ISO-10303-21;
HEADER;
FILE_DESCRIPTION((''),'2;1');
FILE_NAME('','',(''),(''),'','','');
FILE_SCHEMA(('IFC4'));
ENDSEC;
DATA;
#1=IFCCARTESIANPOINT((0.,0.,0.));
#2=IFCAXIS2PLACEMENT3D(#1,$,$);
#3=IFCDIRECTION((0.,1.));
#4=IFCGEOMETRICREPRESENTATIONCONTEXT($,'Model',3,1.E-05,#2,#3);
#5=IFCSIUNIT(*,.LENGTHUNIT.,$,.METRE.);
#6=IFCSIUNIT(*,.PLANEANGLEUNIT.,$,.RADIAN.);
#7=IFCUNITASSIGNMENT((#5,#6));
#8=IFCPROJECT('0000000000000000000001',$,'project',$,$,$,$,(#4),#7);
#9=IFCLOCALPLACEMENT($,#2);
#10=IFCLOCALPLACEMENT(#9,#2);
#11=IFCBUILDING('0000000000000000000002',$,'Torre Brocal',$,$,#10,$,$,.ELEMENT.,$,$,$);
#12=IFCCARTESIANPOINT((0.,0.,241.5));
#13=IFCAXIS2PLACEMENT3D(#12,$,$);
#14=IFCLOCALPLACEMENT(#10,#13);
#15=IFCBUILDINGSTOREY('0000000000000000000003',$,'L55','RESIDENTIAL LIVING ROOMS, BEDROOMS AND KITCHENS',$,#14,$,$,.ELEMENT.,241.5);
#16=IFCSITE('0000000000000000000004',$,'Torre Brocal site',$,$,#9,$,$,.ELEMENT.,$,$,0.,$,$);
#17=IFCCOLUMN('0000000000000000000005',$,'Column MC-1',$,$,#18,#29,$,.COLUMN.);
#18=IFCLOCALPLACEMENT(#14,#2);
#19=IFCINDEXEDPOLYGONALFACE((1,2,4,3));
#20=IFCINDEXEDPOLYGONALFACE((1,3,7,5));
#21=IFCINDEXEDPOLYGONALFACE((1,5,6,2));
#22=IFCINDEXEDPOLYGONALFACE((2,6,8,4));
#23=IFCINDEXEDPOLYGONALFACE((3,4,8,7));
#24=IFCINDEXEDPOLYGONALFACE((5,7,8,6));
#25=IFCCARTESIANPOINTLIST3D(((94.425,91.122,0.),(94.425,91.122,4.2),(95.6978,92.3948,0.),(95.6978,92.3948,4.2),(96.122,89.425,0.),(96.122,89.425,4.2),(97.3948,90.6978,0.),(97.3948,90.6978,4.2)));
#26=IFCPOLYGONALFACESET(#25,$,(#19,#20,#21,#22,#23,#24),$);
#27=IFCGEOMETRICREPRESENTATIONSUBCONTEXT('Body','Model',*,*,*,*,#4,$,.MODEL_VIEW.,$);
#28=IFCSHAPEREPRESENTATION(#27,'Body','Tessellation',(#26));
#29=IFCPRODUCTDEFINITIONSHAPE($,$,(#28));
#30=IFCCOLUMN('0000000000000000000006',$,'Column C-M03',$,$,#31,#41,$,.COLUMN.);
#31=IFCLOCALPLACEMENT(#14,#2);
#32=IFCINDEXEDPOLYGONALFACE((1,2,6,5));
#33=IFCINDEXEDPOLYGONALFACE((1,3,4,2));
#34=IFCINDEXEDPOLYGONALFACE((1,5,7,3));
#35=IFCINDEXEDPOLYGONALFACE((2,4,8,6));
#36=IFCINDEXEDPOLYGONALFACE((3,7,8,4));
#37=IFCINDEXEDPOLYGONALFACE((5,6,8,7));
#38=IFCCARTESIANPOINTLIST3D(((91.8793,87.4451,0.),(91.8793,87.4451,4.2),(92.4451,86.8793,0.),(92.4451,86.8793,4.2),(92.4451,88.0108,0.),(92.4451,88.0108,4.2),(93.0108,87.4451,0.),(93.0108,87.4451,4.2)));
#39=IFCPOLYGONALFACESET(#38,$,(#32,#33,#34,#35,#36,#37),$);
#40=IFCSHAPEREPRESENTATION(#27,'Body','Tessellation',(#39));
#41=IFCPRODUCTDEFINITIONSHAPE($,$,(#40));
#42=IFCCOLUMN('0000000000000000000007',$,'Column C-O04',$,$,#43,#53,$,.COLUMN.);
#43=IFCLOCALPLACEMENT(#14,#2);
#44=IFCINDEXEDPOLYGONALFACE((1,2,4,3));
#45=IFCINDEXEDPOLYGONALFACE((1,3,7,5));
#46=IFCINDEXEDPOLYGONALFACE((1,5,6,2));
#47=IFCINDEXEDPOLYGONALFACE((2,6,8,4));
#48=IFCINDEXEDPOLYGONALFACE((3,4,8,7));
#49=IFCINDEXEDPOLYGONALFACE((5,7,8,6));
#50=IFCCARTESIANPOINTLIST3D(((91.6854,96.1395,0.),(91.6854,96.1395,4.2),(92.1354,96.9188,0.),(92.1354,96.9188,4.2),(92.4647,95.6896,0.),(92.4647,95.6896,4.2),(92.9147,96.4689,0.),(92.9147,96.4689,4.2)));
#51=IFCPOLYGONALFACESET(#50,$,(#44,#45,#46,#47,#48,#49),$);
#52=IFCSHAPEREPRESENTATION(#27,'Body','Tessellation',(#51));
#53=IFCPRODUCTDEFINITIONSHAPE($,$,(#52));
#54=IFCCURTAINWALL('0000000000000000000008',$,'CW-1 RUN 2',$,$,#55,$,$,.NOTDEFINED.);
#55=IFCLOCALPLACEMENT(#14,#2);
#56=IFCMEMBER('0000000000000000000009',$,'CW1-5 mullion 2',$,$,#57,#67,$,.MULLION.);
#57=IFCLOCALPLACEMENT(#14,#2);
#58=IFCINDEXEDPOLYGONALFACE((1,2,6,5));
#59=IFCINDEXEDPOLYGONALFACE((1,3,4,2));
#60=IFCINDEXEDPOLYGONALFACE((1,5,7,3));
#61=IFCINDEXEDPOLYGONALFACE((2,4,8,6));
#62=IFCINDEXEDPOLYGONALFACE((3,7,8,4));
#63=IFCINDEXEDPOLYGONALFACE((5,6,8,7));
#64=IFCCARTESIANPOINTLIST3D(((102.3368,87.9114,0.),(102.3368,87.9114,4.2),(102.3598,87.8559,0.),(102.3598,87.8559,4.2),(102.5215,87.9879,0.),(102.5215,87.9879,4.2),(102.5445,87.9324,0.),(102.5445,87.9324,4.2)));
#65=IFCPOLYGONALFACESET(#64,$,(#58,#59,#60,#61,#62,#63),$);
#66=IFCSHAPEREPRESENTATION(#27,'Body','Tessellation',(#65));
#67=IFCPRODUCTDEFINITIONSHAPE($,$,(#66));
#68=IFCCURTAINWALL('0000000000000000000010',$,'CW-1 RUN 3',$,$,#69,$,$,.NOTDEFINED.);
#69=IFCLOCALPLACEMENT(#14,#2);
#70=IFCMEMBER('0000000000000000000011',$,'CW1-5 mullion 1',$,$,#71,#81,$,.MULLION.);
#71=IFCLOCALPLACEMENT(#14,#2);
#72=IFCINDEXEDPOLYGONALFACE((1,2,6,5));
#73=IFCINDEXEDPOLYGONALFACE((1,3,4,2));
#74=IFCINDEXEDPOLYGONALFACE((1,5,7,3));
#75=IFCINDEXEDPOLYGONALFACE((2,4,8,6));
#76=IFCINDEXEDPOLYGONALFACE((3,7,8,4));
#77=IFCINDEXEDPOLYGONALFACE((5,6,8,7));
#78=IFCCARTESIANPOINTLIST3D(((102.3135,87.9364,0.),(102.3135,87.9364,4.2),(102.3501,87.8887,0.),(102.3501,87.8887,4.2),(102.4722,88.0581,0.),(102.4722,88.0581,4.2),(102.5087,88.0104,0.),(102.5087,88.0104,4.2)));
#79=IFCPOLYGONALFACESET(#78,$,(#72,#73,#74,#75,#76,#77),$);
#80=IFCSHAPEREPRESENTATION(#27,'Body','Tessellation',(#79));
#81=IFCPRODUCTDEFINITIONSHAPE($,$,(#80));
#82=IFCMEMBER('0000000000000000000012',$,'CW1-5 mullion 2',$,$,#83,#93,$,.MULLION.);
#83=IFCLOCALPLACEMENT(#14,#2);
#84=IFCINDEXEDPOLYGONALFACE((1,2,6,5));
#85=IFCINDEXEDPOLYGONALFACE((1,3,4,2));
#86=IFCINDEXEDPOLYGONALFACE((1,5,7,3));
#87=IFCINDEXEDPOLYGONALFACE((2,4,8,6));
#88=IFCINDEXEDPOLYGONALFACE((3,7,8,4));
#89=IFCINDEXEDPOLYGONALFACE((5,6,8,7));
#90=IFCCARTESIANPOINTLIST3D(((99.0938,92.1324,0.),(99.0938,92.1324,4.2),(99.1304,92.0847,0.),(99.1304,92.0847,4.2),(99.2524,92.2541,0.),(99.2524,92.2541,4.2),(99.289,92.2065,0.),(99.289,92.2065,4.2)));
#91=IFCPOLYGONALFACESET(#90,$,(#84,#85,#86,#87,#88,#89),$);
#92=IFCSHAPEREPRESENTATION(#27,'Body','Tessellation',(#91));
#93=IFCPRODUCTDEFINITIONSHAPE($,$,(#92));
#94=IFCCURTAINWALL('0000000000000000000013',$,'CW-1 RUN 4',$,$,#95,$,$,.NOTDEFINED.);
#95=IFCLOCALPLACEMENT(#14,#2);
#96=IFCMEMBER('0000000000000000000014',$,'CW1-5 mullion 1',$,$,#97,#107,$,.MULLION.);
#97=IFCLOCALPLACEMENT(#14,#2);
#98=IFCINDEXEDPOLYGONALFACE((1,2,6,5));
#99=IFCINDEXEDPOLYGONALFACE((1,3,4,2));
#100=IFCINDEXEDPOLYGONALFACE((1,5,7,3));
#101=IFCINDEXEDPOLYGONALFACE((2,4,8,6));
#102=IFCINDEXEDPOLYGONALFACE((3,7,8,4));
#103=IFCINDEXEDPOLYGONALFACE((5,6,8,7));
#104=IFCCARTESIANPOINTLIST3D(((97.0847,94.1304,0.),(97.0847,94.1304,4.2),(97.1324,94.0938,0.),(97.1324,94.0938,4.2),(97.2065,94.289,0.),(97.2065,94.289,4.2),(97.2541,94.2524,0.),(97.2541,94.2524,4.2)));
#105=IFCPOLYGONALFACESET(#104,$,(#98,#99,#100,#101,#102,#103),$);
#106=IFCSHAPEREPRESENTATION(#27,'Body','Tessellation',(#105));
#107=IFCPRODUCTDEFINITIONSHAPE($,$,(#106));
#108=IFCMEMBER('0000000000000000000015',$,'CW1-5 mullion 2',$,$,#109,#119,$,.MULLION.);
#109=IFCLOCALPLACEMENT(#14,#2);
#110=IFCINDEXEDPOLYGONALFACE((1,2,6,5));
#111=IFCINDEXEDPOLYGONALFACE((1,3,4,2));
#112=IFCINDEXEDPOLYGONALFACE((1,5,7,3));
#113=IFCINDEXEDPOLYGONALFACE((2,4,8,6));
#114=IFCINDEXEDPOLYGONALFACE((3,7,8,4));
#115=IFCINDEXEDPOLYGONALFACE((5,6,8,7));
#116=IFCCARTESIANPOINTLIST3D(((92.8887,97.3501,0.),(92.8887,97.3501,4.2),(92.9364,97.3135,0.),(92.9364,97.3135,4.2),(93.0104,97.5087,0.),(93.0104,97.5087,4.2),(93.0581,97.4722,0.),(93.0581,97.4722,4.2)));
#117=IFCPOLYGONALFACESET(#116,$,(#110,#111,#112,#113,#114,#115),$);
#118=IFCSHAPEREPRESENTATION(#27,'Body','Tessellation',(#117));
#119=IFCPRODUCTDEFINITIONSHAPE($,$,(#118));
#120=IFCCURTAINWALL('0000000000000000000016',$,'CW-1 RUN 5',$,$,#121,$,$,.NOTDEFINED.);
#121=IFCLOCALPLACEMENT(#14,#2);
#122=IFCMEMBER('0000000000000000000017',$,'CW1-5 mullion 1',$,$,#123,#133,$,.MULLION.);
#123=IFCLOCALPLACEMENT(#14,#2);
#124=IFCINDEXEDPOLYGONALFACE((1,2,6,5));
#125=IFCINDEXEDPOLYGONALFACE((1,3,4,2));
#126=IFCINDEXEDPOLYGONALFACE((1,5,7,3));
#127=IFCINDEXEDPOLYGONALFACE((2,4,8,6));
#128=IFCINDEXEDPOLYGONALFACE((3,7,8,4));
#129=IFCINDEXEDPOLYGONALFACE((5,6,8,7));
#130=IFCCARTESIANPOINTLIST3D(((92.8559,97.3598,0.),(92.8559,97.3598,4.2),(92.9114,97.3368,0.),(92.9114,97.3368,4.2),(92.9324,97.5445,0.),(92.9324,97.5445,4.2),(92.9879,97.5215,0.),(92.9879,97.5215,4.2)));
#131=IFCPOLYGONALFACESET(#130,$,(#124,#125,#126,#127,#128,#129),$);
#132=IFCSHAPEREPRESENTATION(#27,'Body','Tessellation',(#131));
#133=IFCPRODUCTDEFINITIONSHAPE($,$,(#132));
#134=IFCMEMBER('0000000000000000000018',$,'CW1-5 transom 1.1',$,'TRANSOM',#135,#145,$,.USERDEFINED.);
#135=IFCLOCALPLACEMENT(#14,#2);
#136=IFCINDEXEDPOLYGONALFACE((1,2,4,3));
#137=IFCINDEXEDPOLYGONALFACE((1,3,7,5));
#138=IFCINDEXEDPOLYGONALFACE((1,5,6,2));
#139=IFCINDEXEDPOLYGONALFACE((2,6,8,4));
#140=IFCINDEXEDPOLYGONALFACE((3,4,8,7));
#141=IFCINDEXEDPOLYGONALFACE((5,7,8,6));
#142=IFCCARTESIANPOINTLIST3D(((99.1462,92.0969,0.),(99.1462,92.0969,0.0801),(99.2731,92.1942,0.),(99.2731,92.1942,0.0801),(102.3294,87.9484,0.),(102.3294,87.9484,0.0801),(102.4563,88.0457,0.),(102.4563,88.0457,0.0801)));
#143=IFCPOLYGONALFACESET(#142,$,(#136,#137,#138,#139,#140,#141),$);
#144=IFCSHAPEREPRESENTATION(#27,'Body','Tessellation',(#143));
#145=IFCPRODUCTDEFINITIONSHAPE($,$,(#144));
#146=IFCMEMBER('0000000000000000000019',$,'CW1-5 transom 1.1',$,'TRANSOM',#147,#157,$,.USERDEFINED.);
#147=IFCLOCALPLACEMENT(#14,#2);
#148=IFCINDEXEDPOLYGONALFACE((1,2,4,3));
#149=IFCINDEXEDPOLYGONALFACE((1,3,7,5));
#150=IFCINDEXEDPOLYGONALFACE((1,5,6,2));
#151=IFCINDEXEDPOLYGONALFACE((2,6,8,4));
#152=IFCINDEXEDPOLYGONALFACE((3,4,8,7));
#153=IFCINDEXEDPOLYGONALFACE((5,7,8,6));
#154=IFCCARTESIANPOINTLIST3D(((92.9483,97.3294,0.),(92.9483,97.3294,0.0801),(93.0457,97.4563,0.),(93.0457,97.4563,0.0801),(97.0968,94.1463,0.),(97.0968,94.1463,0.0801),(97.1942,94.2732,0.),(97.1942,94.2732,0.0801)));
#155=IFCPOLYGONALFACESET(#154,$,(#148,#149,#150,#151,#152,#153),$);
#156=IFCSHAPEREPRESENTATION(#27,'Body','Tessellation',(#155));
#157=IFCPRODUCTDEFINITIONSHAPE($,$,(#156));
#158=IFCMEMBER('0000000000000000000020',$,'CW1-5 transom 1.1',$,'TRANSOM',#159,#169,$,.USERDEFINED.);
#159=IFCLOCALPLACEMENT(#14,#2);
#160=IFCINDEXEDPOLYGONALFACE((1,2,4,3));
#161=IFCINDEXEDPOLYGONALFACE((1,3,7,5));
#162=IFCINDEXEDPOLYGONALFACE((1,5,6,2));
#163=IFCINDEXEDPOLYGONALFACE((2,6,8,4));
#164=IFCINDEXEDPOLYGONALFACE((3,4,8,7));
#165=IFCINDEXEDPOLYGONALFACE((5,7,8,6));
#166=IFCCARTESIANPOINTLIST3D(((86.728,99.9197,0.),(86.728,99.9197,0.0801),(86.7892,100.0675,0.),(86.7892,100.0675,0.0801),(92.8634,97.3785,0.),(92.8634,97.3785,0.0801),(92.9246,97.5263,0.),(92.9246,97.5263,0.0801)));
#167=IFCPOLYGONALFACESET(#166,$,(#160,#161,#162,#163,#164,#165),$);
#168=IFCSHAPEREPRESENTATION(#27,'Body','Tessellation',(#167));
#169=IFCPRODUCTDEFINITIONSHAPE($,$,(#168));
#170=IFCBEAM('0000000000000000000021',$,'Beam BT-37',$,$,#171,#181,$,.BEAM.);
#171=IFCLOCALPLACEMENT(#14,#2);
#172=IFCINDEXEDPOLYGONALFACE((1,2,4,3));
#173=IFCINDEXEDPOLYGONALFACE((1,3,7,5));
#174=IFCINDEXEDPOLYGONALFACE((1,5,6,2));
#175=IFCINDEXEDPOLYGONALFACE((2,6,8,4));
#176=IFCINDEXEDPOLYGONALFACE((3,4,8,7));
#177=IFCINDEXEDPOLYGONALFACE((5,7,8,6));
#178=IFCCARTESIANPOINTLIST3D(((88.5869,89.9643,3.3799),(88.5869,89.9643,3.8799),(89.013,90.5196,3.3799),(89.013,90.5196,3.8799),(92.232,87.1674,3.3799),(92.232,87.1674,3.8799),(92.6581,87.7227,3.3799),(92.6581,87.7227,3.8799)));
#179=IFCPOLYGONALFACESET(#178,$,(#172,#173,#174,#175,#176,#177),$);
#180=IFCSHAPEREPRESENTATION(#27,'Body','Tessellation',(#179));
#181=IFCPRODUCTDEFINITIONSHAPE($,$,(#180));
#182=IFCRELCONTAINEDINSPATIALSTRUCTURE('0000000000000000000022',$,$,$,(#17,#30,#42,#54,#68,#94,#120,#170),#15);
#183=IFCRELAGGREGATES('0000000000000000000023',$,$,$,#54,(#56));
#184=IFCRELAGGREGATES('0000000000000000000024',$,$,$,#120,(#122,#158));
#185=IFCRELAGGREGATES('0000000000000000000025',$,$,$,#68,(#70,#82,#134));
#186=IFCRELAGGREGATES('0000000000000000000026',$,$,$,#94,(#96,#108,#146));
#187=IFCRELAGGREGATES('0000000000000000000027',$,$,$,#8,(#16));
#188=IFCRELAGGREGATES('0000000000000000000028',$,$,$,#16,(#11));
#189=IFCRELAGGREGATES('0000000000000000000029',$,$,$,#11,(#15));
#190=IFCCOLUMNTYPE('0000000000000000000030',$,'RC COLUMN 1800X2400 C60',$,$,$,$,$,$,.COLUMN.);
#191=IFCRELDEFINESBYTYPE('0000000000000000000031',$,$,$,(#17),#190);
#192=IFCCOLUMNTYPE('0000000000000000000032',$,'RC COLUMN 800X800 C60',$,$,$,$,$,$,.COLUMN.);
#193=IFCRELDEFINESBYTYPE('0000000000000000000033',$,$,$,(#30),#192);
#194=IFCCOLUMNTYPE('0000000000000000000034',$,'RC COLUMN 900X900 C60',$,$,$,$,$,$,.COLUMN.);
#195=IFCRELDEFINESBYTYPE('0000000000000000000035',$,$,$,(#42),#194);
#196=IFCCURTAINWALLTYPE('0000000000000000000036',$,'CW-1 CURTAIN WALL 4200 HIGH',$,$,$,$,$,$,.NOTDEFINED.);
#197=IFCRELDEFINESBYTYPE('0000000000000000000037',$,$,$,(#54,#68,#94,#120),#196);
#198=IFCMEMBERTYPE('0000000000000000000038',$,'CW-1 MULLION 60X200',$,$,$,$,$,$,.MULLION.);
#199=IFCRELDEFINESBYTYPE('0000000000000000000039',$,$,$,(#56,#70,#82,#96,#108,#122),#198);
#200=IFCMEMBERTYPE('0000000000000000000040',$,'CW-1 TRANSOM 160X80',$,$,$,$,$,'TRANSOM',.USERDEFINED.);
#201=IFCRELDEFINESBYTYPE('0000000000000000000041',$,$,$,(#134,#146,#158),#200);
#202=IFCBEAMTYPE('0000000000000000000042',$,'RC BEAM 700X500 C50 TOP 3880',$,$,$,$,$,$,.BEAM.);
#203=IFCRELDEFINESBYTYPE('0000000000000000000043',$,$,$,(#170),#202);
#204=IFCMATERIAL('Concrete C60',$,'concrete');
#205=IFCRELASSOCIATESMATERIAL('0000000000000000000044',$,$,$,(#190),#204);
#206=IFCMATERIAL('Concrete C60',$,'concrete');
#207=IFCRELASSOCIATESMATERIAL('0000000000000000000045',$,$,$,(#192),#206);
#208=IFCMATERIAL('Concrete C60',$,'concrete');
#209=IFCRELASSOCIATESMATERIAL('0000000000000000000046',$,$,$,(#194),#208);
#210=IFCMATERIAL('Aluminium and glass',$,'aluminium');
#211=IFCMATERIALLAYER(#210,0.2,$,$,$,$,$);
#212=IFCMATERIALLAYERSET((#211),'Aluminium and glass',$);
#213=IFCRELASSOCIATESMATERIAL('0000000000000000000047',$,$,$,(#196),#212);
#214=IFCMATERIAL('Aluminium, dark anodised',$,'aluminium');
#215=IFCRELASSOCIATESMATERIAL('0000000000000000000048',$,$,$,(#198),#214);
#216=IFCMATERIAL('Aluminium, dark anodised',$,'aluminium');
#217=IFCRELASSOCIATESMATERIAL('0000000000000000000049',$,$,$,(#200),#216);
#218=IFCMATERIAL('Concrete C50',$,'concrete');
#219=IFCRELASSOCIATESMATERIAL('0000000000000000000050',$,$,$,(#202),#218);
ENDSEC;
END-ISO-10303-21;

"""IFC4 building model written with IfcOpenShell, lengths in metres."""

from ifc_helpers import new_model, si_unit, direction, frame, origin, origin_2d, place, context, subcontext, project, spatial, rectangle, extrude, material, layer, layer_set, material_profile, profile_set, type_object, element, aggregate, save


model = new_model("IFC4")

# Units and contexts
model_context = context("Model", 3, precision=1e-05, world=origin(), true_north=direction((0.0, 1.0)))
body_context = subcontext(model_context, "Body", "Model", "MODEL_VIEW")
ifc_project = project(units=[si_unit("LENGTHUNIT", "METRE"), si_unit("PLANEANGLEUNIT", "RADIAN")], contexts=[model_context])

# Site, building, storey
site_placement = place(None, origin())
site = spatial("IfcSite", under=ifc_project, at=site_placement, Name="Torre Brocal site", CompositionType="ELEMENT", RefElevation=0.0)
building_placement = place(site_placement, origin())
building = spatial("IfcBuilding", under=site, at=building_placement, Name="Torre Brocal", CompositionType="ELEMENT")
storey_placement = place(building_placement, frame((0.0, 0.0, 241.5)))
storey = spatial("IfcBuildingStorey", under=building, at=storey_placement, Name="L55", Description="RESIDENTIAL LIVING ROOMS, BEDROOMS AND KITCHENS", CompositionType="ELEMENT", Elevation=241.5)

# Columns
ifc_material_1 = material(Name="Concrete C60", Category="concrete")
ifc_material_profile_1 = material_profile(ifc_material_1, rectangle(XDim=1.8, YDim=2.3999, at=origin_2d()), Name="RC 1800X2400")
ifc_profile_set_1 = profile_set([ifc_material_profile_1], Name="Concrete C60")
column_type_1 = type_object("IfcColumnType", Name="RC COLUMN 1800X2400 C60", PredefinedType="COLUMN", material=ifc_profile_set_1)
column_1_placement = place(storey_placement, frame((95.9099, 90.9099, 0.0), z_axis=(0.0, 0.0, 1.0), x_axis=(0.707107, 0.707107, 0.0)))
element("IfcColumn", 1, at=column_1_placement, inside=storey, type_object=column_type_1, Name="Column MC-1", PredefinedType="COLUMN", context=body_context, shape_type="SweptSolid", body=[
    extrude(rectangle(XDim=1.8, YDim=2.3999, at=origin_2d()), origin(), (0.0, 0.0, 1.0), 4.2),
])
ifc_material_2 = material(Name="Concrete C60", Category="concrete")
ifc_material_profile_2 = material_profile(ifc_material_2, rectangle(XDim=0.8, YDim=0.8, at=origin_2d()), Name="RC 800X800")
ifc_profile_set_2 = profile_set([ifc_material_profile_2], Name="Concrete C60")
column_type_2 = type_object("IfcColumnType", Name="RC COLUMN 800X800 C60", PredefinedType="COLUMN", material=ifc_profile_set_2)
column_2_placement = place(storey_placement, frame((92.4451, 87.4451, 0.0), z_axis=(0.0, 0.0, 1.0), x_axis=(0.707107, 0.707107, 0.0)))
element("IfcColumn", 2, at=column_2_placement, inside=storey, type_object=column_type_2, Name="Column C-M03", PredefinedType="COLUMN", context=body_context, shape_type="SweptSolid", body=[
    extrude(rectangle(XDim=0.8, YDim=0.8, at=origin_2d()), origin(), (0.0, 0.0, 1.0), 4.2),
])
ifc_material_3 = material(Name="Concrete C60", Category="concrete")
ifc_material_profile_3 = material_profile(ifc_material_3, rectangle(XDim=0.8999, YDim=0.8999, at=origin_2d()), Name="RC 900X900")
ifc_profile_set_3 = profile_set([ifc_material_profile_3], Name="Concrete C60")
column_type_3 = type_object("IfcColumnType", Name="RC COLUMN 900X900 C60", PredefinedType="COLUMN", material=ifc_profile_set_3)
column_3_placement = place(storey_placement, frame((92.3, 96.3042, 0.0), z_axis=(0.0, 0.0, 1.0), x_axis=(0.5, 0.866025, 0.0)))
element("IfcColumn", 3, at=column_3_placement, inside=storey, type_object=column_type_3, Name="Column C-O04", PredefinedType="COLUMN", context=body_context, shape_type="SweptSolid", body=[
    extrude(rectangle(XDim=0.8999, YDim=0.8999, at=origin_2d()), origin(), (0.0, 0.0, 1.0), 4.2),
])

# Curtain wall, member
ifc_material_4 = material(Name="Aluminium and glass", Category="aluminium")
ifc_layer_1 = layer(ifc_material_4, 0.2)
ifc_layer_set_1 = layer_set([ifc_layer_1], Name="Aluminium and glass")
curtain_wall_type = type_object("IfcCurtainWallType", Name="CW-1 CURTAIN WALL 4200 HIGH", PredefinedType="NOTDEFINED", material=ifc_layer_set_1)
curtain_wall_1_placement = place(storey_placement, origin())
curtain_wall_1 = element("IfcCurtainWall", 4, at=curtain_wall_1_placement, inside=storey, type_object=curtain_wall_type, Name="CW-1 RUN 2", PredefinedType="NOTDEFINED")
ifc_material_5 = material(Name="Aluminium, dark anodised", Category="aluminium")
ifc_material_profile_4 = material_profile(ifc_material_5, rectangle(XDim=0.2, YDim=0.0601, at=origin_2d()), Name="CW-1 MULLION 60X200")
ifc_profile_set_4 = profile_set([ifc_material_profile_4], Name="Aluminium, dark anodised")
member_type_1 = type_object("IfcMemberType", Name="CW-1 MULLION 60X200", PredefinedType="MULLION", material=ifc_profile_set_4)
member_1_placement = place(storey_placement, frame((102.4407, 87.9219, 0.0), z_axis=(0.0, 0.0, 1.0), x_axis=(-0.92388, -0.382683, 0.0)))
member_1 = element("IfcMember", 5, at=member_1_placement, type_object=member_type_1, Name="CW1-5 mullion 2", PredefinedType="MULLION", context=body_context, shape_type="SweptSolid", body=[
    extrude(rectangle(XDim=0.2, YDim=0.0601, at=origin_2d()), origin(), (0.0, 0.0, 1.0), 4.2),
])
aggregate(curtain_wall_1, [member_1])

# Curtain walls, members
curtain_wall_2_placement = place(storey_placement, origin())
curtain_wall_2 = element("IfcCurtainWall", 6, at=curtain_wall_2_placement, inside=storey, type_object=curtain_wall_type, Name="CW-1 RUN 3", PredefinedType="NOTDEFINED")
member_2_placement = place(storey_placement, frame((102.4111, 87.9734, 0.0), z_axis=(0.0, 0.0, 1.0), x_axis=(-0.793353, -0.608761, 0.0)))
member_2 = element("IfcMember", 7, at=member_2_placement, type_object=member_type_1, Name="CW1-5 mullion 1", PredefinedType="MULLION", context=body_context, shape_type="SweptSolid", body=[
    extrude(rectangle(XDim=0.2, YDim=0.0601, at=origin_2d()), origin(), (0.0, 0.0, 1.0), 4.2),
])
member_3_placement = place(storey_placement, frame((99.1914, 92.1694, 0.0), z_axis=(0.0, 0.0, 1.0), x_axis=(-0.793353, -0.608761, 0.0)))
member_3 = element("IfcMember", 8, at=member_3_placement, type_object=member_type_1, Name="CW1-5 mullion 2", PredefinedType="MULLION", context=body_context, shape_type="SweptSolid", body=[
    extrude(rectangle(XDim=0.2, YDim=0.0601, at=origin_2d()), origin(), (0.0, 0.0, 1.0), 4.2),
])
curtain_wall_3_placement = place(storey_placement, origin())
curtain_wall_3 = element("IfcCurtainWall", 9, at=curtain_wall_3_placement, inside=storey, type_object=curtain_wall_type, Name="CW-1 RUN 4", PredefinedType="NOTDEFINED")
member_4_placement = place(storey_placement, frame((97.1694, 94.1914, 0.0), z_axis=(0.0, 0.0, 1.0), x_axis=(-0.608761, -0.793353, 0.0)))
member_4 = element("IfcMember", 10, at=member_4_placement, type_object=member_type_1, Name="CW1-5 mullion 1", PredefinedType="MULLION", context=body_context, shape_type="SweptSolid", body=[
    extrude(rectangle(XDim=0.2, YDim=0.0601, at=origin_2d()), origin(), (0.0, 0.0, 1.0), 4.2),
])
member_5_placement = place(storey_placement, frame((92.9734, 97.4111, 0.0), z_axis=(0.0, 0.0, 1.0), x_axis=(-0.608761, -0.793353, 0.0)))
member_5 = element("IfcMember", 11, at=member_5_placement, type_object=member_type_1, Name="CW1-5 mullion 2", PredefinedType="MULLION", context=body_context, shape_type="SweptSolid", body=[
    extrude(rectangle(XDim=0.2, YDim=0.0601, at=origin_2d()), origin(), (0.0, 0.0, 1.0), 4.2),
])

# Curtain wall, member
curtain_wall_4_placement = place(storey_placement, origin())
curtain_wall_4 = element("IfcCurtainWall", 12, at=curtain_wall_4_placement, inside=storey, type_object=curtain_wall_type, Name="CW-1 RUN 5", PredefinedType="NOTDEFINED")
member_6_placement = place(storey_placement, frame((92.9219, 97.4407, 0.0), z_axis=(0.0, 0.0, 1.0), x_axis=(-0.382683, -0.92388, 0.0)))
member_6 = element("IfcMember", 13, at=member_6_placement, type_object=member_type_1, Name="CW1-5 mullion 1", PredefinedType="MULLION", context=body_context, shape_type="SweptSolid", body=[
    extrude(rectangle(XDim=0.2, YDim=0.0601, at=origin_2d()), origin(), (0.0, 0.0, 1.0), 4.2),
])

# Members
ifc_material_6 = material(Name="Aluminium, dark anodised", Category="aluminium")
ifc_material_profile_5 = material_profile(ifc_material_6, rectangle(XDim=0.1599, YDim=0.0801, at=origin_2d()), Name="CW-1 TRANSOM 160X80")
ifc_profile_set_5 = profile_set([ifc_material_profile_5], Name="Aluminium, dark anodised")
member_type_2 = type_object("IfcMemberType", Name="CW-1 TRANSOM 160X80", ElementType="TRANSOM", PredefinedType="USERDEFINED", material=ifc_profile_set_5)
member_7_placement = place(storey_placement, frame((102.3928, 87.9971, 0.04), z_axis=(-0.608749, 0.793363, 0.0), x_axis=(-0.793363, -0.608749, 0.0)))
member_7 = element("IfcMember", 14, at=member_7_placement, type_object=member_type_2, Name="CW1-5 transom 1.1", ObjectType="TRANSOM", PredefinedType="USERDEFINED", context=body_context, shape_type="SweptSolid", body=[
    extrude(rectangle(XDim=0.1599, YDim=0.0801, at=origin_2d()), origin(), (0.0, 0.0, 1.0), 5.229),
])
member_8_placement = place(storey_placement, frame((97.1455, 94.2097, 0.04), z_axis=(-0.793363, 0.608749, 0.0), x_axis=(-0.608749, -0.793363, 0.0)))
member_8 = element("IfcMember", 15, at=member_8_placement, type_object=member_type_2, Name="CW1-5 transom 1.1", ObjectType="TRANSOM", PredefinedType="USERDEFINED", context=body_context, shape_type="SweptSolid", body=[
    extrude(rectangle(XDim=0.1599, YDim=0.0801, at=origin_2d()), origin(), (0.0, 0.0, 1.0), 5.229),
])
member_9_placement = place(storey_placement, frame((92.894, 97.4524, 0.04), z_axis=(-0.923887, 0.382665, 0.0), x_axis=(-0.382665, -0.923887, 0.0)))
member_9 = element("IfcMember", 16, at=member_9_placement, type_object=member_type_2, Name="CW1-5 transom 1.1", ObjectType="TRANSOM", PredefinedType="USERDEFINED", context=body_context, shape_type="SweptSolid", body=[
    extrude(rectangle(XDim=0.1599, YDim=0.0801, at=origin_2d()), origin(), (0.0, 0.0, 1.0), 6.6409),
])
aggregate(curtain_wall_4, [member_6, member_9])

# Beam
ifc_material_7 = material(Name="Concrete C50", Category="concrete")
ifc_material_profile_6 = material_profile(ifc_material_7, rectangle(XDim=0.7, YDim=0.5, at=origin_2d()), Name="RC 700X500")
ifc_profile_set_6 = profile_set([ifc_material_profile_6], Name="Concrete C50")
beam_type_1 = type_object("IfcBeamType", Name="RC BEAM 700X500 C50 TOP 3880", PredefinedType="BEAM", material=ifc_profile_set_6)
beam_1_placement = place(storey_placement, frame((92.4451, 87.4451, 3.6299), z_axis=(-0.793358, 0.608755, 0.0), x_axis=(-0.608755, -0.793358, 0.0)))
element("IfcBeam", 17, at=beam_1_placement, inside=storey, type_object=beam_type_1, Name="Beam BT-37", PredefinedType="BEAM", context=body_context, shape_type="SweptSolid", body=[
    extrude(rectangle(XDim=0.7, YDim=0.5, at=origin_2d()), origin(), (0.0, 0.0, 1.0), 4.5945),
])

aggregate(curtain_wall_2, [member_2, member_3, member_7])
aggregate(curtain_wall_3, [member_4, member_5, member_8])

save(model, "model.ifc")
